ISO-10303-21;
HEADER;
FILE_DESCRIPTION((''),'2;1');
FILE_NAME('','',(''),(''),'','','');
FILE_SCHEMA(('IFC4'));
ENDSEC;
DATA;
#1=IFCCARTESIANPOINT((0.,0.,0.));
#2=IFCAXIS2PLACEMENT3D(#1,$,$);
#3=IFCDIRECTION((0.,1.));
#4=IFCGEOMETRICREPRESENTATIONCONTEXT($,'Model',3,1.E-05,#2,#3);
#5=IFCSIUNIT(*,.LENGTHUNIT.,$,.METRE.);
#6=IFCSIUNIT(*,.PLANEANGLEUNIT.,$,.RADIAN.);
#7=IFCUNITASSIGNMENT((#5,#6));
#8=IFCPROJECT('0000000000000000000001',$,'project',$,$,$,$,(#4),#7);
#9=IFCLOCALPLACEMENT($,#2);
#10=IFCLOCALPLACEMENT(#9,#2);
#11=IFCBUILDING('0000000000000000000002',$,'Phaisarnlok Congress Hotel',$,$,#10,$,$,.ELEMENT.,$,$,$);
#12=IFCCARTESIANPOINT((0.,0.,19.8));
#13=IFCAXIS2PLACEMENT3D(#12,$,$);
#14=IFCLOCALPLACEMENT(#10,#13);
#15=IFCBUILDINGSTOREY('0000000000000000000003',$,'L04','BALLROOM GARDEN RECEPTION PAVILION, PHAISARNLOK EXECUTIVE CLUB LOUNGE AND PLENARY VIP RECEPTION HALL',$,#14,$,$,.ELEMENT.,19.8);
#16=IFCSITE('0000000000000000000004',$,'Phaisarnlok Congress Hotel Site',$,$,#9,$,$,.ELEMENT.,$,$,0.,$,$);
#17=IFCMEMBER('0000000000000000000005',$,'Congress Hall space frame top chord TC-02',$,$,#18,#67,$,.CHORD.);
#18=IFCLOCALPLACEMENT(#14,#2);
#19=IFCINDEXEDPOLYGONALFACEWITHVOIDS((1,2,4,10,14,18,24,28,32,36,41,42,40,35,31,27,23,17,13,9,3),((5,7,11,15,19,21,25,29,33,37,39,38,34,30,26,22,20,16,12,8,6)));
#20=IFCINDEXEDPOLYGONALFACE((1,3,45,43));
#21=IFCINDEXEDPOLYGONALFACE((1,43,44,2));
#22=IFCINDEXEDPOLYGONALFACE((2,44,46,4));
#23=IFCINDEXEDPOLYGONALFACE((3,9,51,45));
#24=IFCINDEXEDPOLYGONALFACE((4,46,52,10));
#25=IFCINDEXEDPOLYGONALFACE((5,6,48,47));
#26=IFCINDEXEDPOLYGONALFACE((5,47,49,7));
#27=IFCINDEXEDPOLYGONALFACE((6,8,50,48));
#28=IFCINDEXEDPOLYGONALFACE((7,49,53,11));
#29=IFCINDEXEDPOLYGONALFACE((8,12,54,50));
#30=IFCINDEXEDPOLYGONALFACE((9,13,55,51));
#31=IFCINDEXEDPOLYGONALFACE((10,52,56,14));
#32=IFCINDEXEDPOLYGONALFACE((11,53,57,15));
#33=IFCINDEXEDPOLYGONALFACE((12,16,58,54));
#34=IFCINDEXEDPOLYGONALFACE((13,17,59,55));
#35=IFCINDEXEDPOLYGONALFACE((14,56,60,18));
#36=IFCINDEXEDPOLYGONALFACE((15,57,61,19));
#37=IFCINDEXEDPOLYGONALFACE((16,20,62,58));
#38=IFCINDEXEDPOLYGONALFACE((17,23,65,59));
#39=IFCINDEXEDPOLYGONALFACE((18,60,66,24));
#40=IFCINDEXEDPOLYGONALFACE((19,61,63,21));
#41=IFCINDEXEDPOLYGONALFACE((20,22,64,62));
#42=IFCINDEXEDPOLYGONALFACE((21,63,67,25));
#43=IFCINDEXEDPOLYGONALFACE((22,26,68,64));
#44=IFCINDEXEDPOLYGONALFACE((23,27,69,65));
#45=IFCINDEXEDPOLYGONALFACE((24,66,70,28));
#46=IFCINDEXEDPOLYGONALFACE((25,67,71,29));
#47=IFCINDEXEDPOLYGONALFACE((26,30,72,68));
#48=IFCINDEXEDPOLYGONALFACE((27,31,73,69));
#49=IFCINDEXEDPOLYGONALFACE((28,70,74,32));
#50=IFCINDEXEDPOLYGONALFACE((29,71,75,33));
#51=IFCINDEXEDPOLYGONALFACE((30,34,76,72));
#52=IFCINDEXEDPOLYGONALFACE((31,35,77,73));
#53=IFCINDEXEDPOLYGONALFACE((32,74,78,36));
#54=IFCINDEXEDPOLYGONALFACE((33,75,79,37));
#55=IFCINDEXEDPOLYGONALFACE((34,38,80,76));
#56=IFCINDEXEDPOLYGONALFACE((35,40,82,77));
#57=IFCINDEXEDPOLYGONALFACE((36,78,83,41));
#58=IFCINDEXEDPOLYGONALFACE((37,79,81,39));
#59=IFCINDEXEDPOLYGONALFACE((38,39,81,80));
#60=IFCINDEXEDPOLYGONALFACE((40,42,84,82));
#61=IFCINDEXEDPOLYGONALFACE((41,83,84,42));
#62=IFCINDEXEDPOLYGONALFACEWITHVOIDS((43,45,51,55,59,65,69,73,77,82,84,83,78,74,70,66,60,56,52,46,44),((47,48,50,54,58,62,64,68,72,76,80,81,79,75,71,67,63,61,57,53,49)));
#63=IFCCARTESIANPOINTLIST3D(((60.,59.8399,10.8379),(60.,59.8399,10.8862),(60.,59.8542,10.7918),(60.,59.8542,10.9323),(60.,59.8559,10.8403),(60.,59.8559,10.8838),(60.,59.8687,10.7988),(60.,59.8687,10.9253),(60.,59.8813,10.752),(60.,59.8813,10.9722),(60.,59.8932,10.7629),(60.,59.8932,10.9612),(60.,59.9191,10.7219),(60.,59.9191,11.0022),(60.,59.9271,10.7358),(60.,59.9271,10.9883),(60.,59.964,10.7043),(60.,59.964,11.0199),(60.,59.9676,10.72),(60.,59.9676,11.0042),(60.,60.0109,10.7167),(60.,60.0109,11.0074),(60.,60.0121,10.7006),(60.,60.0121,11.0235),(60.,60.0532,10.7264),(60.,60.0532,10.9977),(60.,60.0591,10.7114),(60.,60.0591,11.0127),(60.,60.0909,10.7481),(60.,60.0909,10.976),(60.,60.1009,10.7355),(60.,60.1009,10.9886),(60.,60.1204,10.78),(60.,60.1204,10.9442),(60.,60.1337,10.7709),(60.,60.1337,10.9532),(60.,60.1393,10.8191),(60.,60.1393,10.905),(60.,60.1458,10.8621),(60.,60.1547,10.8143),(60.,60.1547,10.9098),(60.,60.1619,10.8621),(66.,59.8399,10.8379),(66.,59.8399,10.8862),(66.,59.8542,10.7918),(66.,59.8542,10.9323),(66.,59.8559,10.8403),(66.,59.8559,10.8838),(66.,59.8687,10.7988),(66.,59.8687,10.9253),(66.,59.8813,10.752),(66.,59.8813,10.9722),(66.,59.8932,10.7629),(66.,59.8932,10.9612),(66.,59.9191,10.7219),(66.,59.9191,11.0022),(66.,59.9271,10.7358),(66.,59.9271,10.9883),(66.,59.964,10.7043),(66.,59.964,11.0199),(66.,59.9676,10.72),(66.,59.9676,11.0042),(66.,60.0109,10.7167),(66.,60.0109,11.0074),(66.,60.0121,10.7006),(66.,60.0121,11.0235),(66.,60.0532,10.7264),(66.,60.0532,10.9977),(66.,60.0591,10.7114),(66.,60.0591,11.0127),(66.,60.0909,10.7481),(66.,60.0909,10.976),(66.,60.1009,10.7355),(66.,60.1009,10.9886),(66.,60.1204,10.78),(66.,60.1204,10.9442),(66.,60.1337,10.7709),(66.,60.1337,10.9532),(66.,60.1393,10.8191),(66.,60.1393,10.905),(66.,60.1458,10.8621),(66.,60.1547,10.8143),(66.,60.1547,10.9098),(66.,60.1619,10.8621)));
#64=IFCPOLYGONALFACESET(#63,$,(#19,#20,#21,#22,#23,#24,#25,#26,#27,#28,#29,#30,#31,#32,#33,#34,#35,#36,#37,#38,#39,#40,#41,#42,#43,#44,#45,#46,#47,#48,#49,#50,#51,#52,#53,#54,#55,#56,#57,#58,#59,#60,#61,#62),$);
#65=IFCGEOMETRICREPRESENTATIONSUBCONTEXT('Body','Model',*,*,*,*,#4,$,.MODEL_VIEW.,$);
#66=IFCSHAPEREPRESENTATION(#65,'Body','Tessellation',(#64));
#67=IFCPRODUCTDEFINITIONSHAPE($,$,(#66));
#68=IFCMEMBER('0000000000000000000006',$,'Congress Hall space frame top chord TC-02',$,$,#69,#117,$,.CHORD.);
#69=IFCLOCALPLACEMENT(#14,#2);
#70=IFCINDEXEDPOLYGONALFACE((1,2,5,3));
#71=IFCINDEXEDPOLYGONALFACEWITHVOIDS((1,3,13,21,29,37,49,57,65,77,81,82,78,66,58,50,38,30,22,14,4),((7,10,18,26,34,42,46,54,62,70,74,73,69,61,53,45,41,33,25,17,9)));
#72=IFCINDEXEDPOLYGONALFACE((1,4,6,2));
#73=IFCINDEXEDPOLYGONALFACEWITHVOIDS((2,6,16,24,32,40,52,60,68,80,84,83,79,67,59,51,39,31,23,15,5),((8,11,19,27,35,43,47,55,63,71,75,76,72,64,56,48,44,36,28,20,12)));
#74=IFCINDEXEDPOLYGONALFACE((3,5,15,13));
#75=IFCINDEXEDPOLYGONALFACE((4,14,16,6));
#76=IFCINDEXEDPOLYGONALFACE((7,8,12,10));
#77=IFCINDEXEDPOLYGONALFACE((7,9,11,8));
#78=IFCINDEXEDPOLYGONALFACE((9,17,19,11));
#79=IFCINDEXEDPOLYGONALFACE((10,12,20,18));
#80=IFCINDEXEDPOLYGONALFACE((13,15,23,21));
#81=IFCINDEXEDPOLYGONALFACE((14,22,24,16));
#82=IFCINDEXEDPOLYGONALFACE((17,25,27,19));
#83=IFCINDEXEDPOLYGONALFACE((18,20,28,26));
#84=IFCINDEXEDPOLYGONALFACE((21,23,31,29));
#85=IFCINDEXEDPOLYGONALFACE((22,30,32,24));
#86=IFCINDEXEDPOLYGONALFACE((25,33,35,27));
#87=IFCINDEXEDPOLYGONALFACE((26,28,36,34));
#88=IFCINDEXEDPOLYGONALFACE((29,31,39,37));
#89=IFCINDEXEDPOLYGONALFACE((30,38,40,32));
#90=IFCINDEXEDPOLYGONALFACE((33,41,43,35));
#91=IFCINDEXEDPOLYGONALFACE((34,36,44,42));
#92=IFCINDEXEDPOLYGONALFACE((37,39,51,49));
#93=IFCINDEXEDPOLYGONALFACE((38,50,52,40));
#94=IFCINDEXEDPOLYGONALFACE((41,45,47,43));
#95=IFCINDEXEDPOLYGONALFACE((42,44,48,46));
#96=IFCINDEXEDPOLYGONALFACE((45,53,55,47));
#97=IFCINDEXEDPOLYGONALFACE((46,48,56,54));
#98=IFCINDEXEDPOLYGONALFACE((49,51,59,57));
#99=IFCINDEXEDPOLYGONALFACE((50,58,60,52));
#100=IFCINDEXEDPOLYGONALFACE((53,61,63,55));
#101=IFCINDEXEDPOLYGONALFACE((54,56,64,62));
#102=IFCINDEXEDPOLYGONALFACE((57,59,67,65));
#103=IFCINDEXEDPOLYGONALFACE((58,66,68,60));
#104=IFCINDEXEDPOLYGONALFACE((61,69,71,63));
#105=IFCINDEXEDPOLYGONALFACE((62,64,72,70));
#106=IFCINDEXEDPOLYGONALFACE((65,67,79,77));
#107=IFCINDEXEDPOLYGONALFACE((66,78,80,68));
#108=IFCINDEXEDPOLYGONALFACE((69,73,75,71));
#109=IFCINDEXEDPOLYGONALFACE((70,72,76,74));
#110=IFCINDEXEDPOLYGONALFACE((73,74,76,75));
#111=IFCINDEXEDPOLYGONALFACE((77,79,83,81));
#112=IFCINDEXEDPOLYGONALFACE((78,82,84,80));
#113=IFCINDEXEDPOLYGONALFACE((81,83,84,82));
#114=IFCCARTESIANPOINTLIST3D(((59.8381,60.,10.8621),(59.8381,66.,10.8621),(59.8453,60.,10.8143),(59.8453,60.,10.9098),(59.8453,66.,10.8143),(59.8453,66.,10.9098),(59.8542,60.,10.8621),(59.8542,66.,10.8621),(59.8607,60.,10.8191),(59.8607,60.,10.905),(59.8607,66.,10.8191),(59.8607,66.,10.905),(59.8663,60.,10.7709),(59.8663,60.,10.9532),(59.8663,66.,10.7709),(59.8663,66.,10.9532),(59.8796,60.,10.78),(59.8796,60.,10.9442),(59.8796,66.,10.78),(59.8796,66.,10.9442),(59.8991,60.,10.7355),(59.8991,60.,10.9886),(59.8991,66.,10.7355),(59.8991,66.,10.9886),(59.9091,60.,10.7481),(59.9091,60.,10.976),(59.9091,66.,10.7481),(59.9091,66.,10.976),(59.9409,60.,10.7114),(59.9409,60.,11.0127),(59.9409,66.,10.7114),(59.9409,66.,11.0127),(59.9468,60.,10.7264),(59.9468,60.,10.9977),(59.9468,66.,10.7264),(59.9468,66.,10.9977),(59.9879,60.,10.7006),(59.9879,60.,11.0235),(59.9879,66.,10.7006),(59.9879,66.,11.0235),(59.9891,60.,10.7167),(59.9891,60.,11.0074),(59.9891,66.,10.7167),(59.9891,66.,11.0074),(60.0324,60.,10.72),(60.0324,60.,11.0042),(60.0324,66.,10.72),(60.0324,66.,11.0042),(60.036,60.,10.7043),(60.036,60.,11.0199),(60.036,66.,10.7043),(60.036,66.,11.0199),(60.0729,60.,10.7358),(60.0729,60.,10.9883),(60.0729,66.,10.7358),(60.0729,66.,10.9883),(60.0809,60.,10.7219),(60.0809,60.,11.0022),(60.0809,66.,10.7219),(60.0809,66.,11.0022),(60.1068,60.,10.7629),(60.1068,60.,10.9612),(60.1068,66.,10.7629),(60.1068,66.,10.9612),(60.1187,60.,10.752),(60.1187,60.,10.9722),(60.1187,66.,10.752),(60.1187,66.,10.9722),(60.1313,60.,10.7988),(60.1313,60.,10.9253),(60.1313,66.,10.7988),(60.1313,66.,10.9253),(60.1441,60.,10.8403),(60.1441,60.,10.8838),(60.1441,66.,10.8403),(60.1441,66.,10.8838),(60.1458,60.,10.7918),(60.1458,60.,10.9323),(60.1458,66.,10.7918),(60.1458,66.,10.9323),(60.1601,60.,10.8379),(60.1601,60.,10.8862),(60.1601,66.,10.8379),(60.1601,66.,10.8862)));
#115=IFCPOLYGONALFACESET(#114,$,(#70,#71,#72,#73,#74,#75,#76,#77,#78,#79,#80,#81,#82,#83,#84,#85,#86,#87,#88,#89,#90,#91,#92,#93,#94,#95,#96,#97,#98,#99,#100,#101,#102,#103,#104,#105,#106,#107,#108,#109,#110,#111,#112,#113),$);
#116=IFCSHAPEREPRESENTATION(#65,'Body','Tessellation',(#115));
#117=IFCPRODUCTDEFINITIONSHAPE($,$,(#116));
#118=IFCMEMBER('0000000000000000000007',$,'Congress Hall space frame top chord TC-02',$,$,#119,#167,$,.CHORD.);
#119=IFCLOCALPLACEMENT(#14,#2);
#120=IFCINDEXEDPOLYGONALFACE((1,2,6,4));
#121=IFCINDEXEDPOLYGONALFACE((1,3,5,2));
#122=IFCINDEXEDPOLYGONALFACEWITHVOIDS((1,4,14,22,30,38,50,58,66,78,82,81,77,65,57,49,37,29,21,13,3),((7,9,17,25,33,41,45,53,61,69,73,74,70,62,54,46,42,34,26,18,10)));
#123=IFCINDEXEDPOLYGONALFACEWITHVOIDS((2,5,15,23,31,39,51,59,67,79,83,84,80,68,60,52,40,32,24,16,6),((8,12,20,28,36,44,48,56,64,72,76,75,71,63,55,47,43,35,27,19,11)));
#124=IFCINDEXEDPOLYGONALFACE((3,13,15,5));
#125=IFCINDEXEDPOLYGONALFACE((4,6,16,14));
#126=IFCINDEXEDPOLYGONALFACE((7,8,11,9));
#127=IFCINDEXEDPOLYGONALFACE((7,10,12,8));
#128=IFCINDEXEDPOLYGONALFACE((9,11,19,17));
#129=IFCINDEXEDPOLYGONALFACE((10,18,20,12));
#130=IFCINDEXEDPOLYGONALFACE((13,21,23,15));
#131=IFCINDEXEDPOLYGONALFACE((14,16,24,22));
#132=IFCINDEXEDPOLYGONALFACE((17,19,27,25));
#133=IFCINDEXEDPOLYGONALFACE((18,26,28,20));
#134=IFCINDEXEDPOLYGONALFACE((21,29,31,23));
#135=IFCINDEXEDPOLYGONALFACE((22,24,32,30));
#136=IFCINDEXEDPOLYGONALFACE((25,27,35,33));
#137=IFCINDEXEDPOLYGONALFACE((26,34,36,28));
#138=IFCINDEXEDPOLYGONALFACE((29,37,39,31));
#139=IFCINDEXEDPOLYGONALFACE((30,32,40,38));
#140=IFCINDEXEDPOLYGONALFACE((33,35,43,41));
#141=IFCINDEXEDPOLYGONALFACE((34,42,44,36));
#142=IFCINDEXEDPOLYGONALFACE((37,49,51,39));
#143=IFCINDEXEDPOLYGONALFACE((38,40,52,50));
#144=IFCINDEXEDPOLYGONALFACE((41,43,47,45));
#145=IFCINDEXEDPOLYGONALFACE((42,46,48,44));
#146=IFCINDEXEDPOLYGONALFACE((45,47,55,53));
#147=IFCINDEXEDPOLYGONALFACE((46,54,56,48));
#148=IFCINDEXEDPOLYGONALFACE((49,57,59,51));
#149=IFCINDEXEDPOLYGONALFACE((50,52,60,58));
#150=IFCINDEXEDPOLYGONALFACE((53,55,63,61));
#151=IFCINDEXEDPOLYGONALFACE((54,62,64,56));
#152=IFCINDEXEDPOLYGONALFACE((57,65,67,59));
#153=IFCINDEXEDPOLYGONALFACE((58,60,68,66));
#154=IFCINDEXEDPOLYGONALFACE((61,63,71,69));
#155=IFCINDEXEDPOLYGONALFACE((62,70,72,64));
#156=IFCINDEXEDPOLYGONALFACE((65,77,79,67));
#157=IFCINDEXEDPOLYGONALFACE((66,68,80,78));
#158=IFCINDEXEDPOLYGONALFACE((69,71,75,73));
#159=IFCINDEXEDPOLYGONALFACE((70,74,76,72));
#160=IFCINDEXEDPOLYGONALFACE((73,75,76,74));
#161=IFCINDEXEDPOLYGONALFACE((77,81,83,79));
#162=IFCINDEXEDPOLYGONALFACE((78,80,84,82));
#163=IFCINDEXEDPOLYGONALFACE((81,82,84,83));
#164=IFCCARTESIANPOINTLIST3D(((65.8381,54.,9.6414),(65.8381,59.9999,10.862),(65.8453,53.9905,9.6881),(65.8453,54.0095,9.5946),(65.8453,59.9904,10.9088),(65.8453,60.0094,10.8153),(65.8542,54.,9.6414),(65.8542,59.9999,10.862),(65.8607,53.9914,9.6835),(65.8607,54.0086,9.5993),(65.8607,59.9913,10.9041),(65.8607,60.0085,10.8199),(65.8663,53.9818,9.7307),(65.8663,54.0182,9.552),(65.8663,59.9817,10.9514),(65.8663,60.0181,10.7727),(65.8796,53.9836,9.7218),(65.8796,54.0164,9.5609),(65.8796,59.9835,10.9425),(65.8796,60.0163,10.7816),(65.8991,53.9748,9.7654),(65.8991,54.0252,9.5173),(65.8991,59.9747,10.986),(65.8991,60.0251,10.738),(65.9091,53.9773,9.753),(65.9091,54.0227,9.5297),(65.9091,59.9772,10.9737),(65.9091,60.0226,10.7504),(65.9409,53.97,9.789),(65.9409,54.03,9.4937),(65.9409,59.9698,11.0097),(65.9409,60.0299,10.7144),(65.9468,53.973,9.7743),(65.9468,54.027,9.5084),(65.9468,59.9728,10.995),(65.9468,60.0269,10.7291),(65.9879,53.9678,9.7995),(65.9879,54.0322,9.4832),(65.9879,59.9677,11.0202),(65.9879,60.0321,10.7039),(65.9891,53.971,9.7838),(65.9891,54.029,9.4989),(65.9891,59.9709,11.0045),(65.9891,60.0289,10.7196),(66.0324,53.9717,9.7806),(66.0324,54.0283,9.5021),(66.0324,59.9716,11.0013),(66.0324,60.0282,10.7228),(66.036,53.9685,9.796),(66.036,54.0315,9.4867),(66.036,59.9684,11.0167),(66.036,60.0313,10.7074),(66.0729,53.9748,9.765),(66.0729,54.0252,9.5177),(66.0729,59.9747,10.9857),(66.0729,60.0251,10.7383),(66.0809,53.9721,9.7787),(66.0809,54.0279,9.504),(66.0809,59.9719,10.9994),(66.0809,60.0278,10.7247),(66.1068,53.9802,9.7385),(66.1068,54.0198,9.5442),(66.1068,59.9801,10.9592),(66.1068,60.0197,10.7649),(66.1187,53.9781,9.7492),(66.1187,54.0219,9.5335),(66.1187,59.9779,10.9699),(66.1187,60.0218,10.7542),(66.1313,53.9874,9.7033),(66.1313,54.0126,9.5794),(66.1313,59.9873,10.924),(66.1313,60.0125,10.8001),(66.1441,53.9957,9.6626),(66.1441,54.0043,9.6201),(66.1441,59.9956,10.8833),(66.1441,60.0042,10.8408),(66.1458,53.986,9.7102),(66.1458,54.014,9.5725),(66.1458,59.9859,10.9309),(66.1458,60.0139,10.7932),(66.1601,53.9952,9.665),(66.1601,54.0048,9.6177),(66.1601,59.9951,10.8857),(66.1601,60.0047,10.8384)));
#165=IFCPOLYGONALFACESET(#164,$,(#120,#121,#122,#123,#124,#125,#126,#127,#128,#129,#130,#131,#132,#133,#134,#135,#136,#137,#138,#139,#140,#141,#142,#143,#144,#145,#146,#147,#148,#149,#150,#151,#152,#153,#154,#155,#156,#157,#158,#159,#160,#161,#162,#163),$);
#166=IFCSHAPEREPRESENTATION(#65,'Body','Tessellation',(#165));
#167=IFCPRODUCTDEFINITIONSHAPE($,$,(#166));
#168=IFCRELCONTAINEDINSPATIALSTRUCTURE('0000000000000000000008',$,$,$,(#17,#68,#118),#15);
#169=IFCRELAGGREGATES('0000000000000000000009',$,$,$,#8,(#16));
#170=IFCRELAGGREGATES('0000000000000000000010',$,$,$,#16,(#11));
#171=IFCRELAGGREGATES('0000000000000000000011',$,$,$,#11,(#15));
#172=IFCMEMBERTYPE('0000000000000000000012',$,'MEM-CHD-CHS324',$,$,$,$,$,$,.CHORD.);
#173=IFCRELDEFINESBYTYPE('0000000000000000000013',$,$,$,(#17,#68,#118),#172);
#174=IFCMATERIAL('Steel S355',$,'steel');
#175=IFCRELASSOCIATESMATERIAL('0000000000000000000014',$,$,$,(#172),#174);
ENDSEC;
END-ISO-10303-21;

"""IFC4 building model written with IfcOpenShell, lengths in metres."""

from ifc_helpers import new_model, si_unit, direction, frame, origin, origin_2d, place, context, subcontext, project, spatial, hollow_circle, extrude, material, material_profile, profile_set, type_object, element, save


model = new_model("IFC4")

# Units and contexts
model_context = context("Model", 3, precision=1e-05, world=origin(), true_north=direction((0.0, 1.0)))
body_context = subcontext(model_context, "Body", "Model", "MODEL_VIEW")
ifc_project = project(units=[si_unit("LENGTHUNIT", "METRE"), si_unit("PLANEANGLEUNIT", "RADIAN")], contexts=[model_context])

# Site, building, storey
site_placement = place(None, origin())
site = spatial("IfcSite", under=ifc_project, at=site_placement, Name="Phaisarnlok Congress Hotel Site", CompositionType="ELEMENT", RefElevation=0.0)
building_placement = place(site_placement, origin())
building = spatial("IfcBuilding", under=site, at=building_placement, Name="Phaisarnlok Congress Hotel", CompositionType="ELEMENT")
storey_placement = place(building_placement, frame((0.0, 0.0, 19.8)))
storey = spatial("IfcBuildingStorey", under=building, at=storey_placement, Name="L04", Description="BALLROOM GARDEN RECEPTION PAVILION, PHAISARNLOK EXECUTIVE CLUB LOUNGE AND PLENARY VIP RECEPTION HALL", CompositionType="ELEMENT", Elevation=19.8)

# Shared definitions
ifc_material_1 = material(Name="Steel S355", Category="steel")

# Members
ifc_material_profile_1 = material_profile(ifc_material_1, hollow_circle(Radius=0.1619, WallThickness=0.0161, at=origin_2d()), Name="CHS 323.9x16")
ifc_profile_set_1 = profile_set([ifc_material_profile_1], Name="Steel S355")
member_type_1 = type_object("IfcMemberType", Name="MEM-CHD-CHS324", PredefinedType="CHORD", material=ifc_profile_set_1)
for number, where, z_axis, x_axis, name in (
    (1, (60.0, 60.0, 10.8621), (1.0, 0.0, 0.0), (0.0, 1.0, 0.0), "Congress Hall space frame top chord TC-02"),
    (2, (60.0, 60.0, 10.8621), (0.0, 1.0, 0.0), (-1.0, 0.0, 0.0), "Congress Hall space frame top chord TC-02"),
):
    element("IfcMember", number, at=place(storey_placement, frame(where, z_axis=z_axis, x_axis=x_axis)), inside=storey, type_object=member_type_1, Name=name, PredefinedType="CHORD", context=body_context, shape_type="SweptSolid", body=[
        extrude(hollow_circle(Radius=0.1619, WallThickness=0.0161, at=origin_2d()), origin(), (0.0, 0.0, 1.0), 6.0),
    ])
member_1_placement = place(storey_placement, frame((66.0, 54.0, 9.6414), z_axis=(0.0, 0.979925, 0.199366), x_axis=(-1.0, 0.0, 0.0)))
element("IfcMember", 3, at=member_1_placement, inside=storey, type_object=member_type_1, Name="Congress Hall space frame top chord TC-02", PredefinedType="CHORD", context=body_context, shape_type="SweptSolid", body=[
    extrude(hollow_circle(Radius=0.1619, WallThickness=0.0161, at=origin_2d()), origin(), (0.0, 0.0, 1.0), 6.1228),
])

save(model, "model.ifc")
